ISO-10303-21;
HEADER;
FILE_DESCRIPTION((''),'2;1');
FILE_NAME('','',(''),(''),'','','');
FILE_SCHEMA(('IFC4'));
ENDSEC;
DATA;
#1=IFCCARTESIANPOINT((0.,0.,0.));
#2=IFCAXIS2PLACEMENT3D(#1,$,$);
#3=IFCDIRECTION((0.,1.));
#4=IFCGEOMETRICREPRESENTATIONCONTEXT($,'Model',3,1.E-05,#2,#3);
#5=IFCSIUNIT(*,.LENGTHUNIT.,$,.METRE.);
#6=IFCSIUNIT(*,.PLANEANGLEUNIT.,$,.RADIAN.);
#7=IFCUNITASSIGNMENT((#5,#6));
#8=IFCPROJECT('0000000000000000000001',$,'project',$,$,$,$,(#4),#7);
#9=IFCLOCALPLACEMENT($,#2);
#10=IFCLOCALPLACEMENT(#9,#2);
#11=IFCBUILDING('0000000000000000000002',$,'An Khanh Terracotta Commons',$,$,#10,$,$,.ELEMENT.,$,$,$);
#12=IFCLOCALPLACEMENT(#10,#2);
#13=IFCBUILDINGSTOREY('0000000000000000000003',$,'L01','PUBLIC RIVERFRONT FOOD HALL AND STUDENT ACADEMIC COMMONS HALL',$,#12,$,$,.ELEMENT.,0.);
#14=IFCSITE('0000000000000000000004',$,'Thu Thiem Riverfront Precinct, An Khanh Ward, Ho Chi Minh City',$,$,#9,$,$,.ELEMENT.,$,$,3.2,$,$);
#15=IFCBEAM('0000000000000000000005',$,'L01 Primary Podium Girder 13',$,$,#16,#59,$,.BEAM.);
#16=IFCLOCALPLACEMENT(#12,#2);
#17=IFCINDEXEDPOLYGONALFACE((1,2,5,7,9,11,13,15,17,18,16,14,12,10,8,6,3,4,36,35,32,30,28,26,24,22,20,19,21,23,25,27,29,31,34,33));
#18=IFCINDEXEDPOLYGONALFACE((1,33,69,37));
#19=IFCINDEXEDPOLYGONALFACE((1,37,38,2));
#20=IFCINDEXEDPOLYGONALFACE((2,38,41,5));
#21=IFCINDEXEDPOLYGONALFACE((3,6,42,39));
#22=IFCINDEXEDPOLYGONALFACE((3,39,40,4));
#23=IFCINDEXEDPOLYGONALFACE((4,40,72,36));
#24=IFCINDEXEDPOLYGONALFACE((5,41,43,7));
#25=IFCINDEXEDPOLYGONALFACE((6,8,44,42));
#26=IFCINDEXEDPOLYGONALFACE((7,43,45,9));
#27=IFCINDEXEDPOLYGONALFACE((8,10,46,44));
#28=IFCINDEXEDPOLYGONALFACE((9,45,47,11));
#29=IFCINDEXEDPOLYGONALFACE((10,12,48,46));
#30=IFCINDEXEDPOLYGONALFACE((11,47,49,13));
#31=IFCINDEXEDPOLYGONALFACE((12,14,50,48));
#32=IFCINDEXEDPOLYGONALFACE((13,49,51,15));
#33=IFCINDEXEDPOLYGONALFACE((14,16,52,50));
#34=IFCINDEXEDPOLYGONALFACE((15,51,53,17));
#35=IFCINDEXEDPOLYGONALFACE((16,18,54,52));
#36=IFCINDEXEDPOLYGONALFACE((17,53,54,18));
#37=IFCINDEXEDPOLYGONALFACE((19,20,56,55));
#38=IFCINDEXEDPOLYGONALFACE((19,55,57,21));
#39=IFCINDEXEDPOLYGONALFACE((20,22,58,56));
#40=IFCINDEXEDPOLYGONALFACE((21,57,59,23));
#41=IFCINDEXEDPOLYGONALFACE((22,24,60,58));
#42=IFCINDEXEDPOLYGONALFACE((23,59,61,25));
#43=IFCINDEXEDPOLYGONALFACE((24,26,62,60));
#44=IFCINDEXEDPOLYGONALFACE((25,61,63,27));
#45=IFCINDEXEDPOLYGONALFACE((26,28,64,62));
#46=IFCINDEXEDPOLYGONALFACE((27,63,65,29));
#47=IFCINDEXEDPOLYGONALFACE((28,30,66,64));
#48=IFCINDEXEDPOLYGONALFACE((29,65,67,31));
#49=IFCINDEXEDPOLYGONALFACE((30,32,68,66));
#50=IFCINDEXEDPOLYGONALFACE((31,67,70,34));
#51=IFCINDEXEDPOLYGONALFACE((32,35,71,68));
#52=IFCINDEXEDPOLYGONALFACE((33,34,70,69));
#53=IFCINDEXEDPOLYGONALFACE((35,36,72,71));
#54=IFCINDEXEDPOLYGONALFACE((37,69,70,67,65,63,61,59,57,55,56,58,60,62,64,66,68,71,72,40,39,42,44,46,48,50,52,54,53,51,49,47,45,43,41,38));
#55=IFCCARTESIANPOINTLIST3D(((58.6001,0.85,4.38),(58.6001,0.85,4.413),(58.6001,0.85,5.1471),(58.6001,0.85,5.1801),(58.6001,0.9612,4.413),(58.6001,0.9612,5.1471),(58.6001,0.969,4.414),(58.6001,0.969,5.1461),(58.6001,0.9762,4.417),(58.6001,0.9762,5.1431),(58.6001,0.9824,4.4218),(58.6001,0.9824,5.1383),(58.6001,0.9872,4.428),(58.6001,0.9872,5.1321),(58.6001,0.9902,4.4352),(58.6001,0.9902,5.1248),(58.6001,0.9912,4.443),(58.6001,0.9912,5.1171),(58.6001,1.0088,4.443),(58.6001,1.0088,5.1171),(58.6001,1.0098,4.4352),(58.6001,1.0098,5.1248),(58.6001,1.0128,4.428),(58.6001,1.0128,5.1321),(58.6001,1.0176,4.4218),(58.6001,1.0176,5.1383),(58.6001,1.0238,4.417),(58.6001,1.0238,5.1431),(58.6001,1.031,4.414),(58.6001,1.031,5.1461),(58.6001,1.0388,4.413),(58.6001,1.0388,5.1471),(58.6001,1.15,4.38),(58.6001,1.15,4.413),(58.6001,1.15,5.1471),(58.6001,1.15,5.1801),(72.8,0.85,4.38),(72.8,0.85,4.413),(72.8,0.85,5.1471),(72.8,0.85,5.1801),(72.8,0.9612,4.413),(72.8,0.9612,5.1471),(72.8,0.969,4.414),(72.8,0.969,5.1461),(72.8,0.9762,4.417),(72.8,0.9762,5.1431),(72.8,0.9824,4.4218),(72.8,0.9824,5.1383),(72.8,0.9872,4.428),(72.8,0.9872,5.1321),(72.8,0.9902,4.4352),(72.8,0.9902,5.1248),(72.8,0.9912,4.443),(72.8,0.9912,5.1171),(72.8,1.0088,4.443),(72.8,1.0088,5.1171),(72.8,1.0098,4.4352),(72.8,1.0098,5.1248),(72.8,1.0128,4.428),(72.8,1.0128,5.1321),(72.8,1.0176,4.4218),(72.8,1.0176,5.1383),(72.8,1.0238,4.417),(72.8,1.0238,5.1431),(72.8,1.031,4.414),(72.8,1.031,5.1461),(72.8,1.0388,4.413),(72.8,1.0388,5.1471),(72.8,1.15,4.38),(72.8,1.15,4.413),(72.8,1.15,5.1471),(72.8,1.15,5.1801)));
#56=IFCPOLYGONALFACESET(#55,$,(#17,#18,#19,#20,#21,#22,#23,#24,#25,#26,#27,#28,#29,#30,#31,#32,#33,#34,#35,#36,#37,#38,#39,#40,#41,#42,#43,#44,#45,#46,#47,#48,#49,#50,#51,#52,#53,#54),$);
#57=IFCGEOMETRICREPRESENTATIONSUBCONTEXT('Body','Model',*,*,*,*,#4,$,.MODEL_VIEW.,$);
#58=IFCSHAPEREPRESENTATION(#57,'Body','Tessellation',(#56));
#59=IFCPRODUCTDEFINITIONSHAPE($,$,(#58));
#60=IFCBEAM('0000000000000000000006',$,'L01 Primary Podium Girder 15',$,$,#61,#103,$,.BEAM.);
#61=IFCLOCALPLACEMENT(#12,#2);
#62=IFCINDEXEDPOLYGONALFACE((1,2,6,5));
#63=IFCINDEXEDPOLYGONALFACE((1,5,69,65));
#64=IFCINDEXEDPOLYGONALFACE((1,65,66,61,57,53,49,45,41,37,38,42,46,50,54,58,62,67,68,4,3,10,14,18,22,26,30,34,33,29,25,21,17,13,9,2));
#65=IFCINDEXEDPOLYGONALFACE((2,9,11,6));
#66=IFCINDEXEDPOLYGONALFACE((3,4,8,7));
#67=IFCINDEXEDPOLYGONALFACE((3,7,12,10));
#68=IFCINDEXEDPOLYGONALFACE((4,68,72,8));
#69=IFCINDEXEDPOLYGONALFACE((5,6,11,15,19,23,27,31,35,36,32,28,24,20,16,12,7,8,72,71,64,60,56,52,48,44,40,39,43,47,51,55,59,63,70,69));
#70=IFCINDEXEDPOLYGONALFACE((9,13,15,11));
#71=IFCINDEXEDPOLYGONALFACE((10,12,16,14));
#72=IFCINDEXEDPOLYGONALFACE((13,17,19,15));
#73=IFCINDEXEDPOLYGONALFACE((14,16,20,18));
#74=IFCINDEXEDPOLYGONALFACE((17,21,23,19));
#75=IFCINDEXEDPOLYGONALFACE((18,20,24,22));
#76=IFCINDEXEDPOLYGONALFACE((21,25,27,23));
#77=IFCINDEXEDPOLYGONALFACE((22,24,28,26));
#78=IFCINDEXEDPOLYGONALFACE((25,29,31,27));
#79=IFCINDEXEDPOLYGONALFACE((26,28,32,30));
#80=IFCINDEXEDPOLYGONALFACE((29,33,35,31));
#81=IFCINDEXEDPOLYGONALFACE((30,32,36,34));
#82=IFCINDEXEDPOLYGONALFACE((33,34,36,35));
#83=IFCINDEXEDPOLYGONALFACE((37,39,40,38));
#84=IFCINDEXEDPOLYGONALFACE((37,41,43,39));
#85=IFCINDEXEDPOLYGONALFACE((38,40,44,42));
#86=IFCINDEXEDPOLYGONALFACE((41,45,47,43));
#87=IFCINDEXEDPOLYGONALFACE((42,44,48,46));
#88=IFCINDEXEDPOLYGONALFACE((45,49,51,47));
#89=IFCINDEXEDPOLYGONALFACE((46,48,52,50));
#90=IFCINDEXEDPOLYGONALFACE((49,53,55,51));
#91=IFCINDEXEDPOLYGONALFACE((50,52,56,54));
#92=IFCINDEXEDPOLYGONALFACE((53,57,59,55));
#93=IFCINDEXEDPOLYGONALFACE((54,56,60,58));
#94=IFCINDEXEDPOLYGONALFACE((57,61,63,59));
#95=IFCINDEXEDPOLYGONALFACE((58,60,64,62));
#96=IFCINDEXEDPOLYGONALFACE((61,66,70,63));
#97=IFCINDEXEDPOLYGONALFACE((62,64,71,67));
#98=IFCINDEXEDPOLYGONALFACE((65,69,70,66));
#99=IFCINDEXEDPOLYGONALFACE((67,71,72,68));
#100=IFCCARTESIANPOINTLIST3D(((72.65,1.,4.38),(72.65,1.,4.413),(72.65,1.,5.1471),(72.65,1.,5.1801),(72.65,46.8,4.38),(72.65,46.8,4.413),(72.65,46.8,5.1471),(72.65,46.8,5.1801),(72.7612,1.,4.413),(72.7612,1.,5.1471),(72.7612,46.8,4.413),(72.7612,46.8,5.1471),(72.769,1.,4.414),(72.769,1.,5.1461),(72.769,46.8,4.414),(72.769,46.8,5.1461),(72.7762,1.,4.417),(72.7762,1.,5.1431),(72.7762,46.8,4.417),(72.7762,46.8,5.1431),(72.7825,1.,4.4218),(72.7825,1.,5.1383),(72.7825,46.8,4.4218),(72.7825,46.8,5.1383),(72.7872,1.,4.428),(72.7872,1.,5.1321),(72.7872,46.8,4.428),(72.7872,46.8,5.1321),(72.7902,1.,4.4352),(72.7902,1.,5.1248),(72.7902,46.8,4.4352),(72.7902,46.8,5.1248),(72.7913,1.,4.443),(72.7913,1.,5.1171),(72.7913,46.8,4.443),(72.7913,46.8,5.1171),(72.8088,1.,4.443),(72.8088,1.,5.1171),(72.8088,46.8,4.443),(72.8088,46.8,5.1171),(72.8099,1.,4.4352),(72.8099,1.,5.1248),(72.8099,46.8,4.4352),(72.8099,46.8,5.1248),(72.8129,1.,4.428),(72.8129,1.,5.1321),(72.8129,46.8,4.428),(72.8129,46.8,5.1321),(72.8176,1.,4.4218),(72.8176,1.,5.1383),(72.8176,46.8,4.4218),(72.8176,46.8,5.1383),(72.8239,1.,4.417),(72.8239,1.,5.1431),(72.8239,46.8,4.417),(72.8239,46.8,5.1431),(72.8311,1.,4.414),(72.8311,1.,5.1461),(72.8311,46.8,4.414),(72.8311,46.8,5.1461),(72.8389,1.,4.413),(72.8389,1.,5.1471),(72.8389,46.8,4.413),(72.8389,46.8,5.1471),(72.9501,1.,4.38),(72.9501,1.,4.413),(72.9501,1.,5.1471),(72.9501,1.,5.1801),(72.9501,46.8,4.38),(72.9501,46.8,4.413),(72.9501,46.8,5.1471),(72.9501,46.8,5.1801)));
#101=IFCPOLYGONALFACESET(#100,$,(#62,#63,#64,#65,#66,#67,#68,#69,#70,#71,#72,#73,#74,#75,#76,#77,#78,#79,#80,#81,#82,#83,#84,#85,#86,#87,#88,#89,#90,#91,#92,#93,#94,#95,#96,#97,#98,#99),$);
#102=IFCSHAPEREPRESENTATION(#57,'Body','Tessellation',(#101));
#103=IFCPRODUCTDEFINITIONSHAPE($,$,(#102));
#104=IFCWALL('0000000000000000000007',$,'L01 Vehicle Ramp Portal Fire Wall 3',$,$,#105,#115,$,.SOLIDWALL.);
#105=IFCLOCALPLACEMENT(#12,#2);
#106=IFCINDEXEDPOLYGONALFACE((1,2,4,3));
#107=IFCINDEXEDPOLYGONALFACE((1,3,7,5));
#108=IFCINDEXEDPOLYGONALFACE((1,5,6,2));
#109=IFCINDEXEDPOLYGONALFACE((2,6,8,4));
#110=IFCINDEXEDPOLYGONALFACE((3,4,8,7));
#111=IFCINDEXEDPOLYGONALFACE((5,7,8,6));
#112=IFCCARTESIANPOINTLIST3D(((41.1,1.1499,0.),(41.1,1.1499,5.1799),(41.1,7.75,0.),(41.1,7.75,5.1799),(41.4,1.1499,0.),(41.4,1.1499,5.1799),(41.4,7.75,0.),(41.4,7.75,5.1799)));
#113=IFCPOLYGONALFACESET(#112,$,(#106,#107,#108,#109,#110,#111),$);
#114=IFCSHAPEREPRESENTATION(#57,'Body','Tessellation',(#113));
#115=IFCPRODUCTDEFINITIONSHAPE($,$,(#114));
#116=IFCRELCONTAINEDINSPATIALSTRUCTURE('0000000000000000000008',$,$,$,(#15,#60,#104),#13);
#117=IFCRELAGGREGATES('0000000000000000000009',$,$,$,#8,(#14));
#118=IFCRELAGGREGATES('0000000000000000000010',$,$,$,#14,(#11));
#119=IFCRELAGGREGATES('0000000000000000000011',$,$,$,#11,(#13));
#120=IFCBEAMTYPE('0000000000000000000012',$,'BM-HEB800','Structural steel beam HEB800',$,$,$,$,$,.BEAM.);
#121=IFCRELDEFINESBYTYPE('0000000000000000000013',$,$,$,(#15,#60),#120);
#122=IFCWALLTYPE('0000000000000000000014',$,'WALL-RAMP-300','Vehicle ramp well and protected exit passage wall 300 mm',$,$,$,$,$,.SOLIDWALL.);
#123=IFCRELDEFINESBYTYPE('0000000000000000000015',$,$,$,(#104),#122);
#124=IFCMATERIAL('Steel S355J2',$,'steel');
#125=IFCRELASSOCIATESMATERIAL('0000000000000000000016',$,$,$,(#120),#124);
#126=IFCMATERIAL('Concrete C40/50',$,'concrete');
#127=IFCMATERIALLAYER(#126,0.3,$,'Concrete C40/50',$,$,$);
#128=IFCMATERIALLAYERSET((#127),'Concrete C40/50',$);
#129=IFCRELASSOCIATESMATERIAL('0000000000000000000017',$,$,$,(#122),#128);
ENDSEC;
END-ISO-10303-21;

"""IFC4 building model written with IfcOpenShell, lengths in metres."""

from ifc_helpers import new_model, si_unit, direction, frame, frame_2d, origin, origin_2d, place, context, subcontext, project, spatial, rectangle, i_section, extrude, material, layer, layer_set, material_profile, profile_set, type_object, element, save


model = new_model("IFC4")

# Units and contexts
model_context = context("Model", 3, precision=1e-05, world=origin(), true_north=direction((0.0, 1.0)))
body_context = subcontext(model_context, "Body", "Model", "MODEL_VIEW")
ifc_project = project(units=[si_unit("LENGTHUNIT", "METRE"), si_unit("PLANEANGLEUNIT", "RADIAN")], contexts=[model_context])

# Site, building, storey
site_placement = place(None, origin())
site = spatial("IfcSite", under=ifc_project, at=site_placement, Name="Thu Thiem Riverfront Precinct, An Khanh Ward, Ho Chi Minh City", CompositionType="ELEMENT", RefElevation=3.2)
building_placement = place(site_placement, origin())
building = spatial("IfcBuilding", under=site, at=building_placement, Name="An Khanh Terracotta Commons", CompositionType="ELEMENT")
storey_placement = place(building_placement, origin())
storey = spatial("IfcBuildingStorey", under=building, at=storey_placement, Name="L01", Description="PUBLIC RIVERFRONT FOOD HALL AND STUDENT ACADEMIC COMMONS HALL", CompositionType="ELEMENT", Elevation=0.0)

# Beams
ifc_material_1 = material(Name="Steel S355J2", Category="steel")
ifc_material_profile_1 = material_profile(ifc_material_1, i_section(OverallWidth=0.3, OverallDepth=0.8, WebThickness=0.0176, FlangeThickness=0.033, FilletRadius=0.03, at=origin_2d()), Name="HEB800")
ifc_profile_set_1 = profile_set([ifc_material_profile_1], Name="Steel S355J2")
beam_type_1 = type_object("IfcBeamType", Name="BM-HEB800", Description="Structural steel beam HEB800", PredefinedType="BEAM", material=ifc_profile_set_1)
beam_1_placement = place(storey_placement, frame((58.6001, 1.0, 4.78), z_axis=(1.0, 0.0, 0.0), x_axis=(0.0, 1.0, 0.0)))
element("IfcBeam", 1, at=beam_1_placement, inside=storey, type_object=beam_type_1, Name="L01 Primary Podium Girder 13", PredefinedType="BEAM", context=body_context, shape_type="SweptSolid", body=[
    extrude(i_section(OverallWidth=0.3, OverallDepth=0.8, WebThickness=0.0176, FlangeThickness=0.033, FilletRadius=0.03, at=origin_2d()), origin(), (0.0, 0.0, 1.0), 14.2),
])
beam_2_placement = place(storey_placement, frame((72.8, 1.0, 4.78), z_axis=(0.0, 1.0, 0.0), x_axis=(-1.0, 0.0, 0.0)))
element("IfcBeam", 2, at=beam_2_placement, inside=storey, type_object=beam_type_1, Name="L01 Primary Podium Girder 15", PredefinedType="BEAM", context=body_context, shape_type="SweptSolid", body=[
    extrude(i_section(OverallWidth=0.3, OverallDepth=0.8, WebThickness=0.0176, FlangeThickness=0.033, FilletRadius=0.03, at=origin_2d()), origin(), (0.0, 0.0, 1.0), 45.8),
])

# Wall
ifc_material_2 = material(Name="Concrete C40/50", Category="concrete")
ifc_layer = layer(ifc_material_2, 0.3, Name="Concrete C40/50")
ifc_layer_set = layer_set([ifc_layer], Name="Concrete C40/50")
wall_type = type_object("IfcWallType", Name="WALL-RAMP-300", Description="Vehicle ramp well and protected exit passage wall 300 mm", PredefinedType="SOLIDWALL", material=ifc_layer_set)
wall_placement = place(storey_placement, frame((41.25, 1.1499, 0.0), z_axis=(0.0, 0.0, 1.0), x_axis=(0.0, 1.0, 0.0)))
element("IfcWall", 3, at=wall_placement, inside=storey, type_object=wall_type, Name="L01 Vehicle Ramp Portal Fire Wall 3", PredefinedType="SOLIDWALL", context=body_context, shape_type="SweptSolid", body=[
    extrude(rectangle(XDim=6.6001, YDim=0.3, at=frame_2d((3.3, 0.0))), origin(), (0.0, 0.0, 1.0), 5.1799),
])

save(model, "model.ifc")
